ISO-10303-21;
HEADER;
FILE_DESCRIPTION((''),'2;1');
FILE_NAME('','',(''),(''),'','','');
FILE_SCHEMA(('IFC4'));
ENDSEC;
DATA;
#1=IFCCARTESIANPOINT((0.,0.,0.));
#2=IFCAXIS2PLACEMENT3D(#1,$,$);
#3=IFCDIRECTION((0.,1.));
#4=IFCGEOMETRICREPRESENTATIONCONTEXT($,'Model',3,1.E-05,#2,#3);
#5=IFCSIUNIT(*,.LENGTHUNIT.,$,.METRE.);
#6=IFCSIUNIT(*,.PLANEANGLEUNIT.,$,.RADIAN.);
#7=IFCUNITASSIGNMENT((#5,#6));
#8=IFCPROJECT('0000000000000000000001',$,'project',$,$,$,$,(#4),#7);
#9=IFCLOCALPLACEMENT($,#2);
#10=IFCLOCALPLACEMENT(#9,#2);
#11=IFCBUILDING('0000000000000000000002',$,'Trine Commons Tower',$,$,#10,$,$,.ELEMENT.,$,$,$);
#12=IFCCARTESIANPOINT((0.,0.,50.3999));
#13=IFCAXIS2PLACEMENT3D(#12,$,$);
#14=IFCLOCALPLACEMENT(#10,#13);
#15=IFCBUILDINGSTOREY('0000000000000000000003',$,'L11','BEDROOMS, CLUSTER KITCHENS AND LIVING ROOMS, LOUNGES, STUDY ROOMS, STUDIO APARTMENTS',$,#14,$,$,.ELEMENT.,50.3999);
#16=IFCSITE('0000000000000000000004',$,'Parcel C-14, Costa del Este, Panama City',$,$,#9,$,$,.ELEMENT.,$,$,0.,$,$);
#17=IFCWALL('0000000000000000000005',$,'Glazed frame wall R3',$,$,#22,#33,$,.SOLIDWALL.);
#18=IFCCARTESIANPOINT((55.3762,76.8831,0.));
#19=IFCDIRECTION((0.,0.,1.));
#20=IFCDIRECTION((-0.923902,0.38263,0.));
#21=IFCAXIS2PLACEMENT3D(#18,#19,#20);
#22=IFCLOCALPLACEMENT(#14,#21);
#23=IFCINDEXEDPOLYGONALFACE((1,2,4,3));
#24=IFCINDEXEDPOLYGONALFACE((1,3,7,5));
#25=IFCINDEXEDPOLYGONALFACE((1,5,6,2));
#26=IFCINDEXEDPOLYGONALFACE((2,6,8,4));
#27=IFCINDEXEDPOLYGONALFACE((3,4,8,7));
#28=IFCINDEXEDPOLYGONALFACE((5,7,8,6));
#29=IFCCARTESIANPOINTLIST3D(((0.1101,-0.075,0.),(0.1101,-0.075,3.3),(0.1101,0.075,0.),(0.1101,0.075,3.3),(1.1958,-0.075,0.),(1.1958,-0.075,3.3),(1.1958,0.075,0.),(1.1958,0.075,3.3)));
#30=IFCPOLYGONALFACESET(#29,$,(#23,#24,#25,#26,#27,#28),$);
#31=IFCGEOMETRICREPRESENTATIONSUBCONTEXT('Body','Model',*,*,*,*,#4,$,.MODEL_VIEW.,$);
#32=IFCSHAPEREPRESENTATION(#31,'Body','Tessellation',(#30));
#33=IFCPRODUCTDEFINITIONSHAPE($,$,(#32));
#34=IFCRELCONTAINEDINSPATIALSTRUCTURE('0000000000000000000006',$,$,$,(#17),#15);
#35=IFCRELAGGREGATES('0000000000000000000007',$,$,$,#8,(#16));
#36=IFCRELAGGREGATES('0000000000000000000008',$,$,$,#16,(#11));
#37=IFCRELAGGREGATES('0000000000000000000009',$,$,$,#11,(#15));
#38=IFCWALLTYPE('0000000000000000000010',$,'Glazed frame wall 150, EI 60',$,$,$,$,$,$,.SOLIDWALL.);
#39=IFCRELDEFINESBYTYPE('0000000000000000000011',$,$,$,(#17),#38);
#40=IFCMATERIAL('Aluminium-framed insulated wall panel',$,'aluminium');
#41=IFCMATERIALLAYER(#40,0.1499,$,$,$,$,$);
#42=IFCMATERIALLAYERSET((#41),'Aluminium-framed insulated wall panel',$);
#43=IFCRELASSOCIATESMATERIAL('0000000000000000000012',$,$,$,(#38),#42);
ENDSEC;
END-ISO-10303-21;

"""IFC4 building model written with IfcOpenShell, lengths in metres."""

from ifc_helpers import new_model, si_unit, direction, frame, origin, place, context, subcontext, project, spatial, polyline, outline, extrude, material, layer, layer_set, type_object, element, save


model = new_model("IFC4")

# Units and contexts
model_context = context("Model", 3, precision=1e-05, world=origin(), true_north=direction((0.0, 1.0)))
body_context = subcontext(model_context, "Body", "Model", "MODEL_VIEW")
ifc_project = project(units=[si_unit("LENGTHUNIT", "METRE"), si_unit("PLANEANGLEUNIT", "RADIAN")], contexts=[model_context])

# Site, building, storey
site_placement = place(None, origin())
site = spatial("IfcSite", under=ifc_project, at=site_placement, Name="Parcel C-14, Costa del Este, Panama City", CompositionType="ELEMENT", RefElevation=0.0)
building_placement = place(site_placement, origin())
building = spatial("IfcBuilding", under=site, at=building_placement, Name="Trine Commons Tower", CompositionType="ELEMENT")
storey_placement = place(building_placement, frame((0.0, 0.0, 50.3999)))
storey = spatial("IfcBuildingStorey", under=building, at=storey_placement, Name="L11", Description="BEDROOMS, CLUSTER KITCHENS AND LIVING ROOMS, LOUNGES, STUDY ROOMS, STUDIO APARTMENTS", CompositionType="ELEMENT", Elevation=50.3999)

# Shared definitions
ifc_material_1 = material(Name="Aluminium-framed insulated wall panel", Category="aluminium")
ifc_layer_1 = layer(ifc_material_1, 0.1499)
ifc_layer_set_1 = layer_set([ifc_layer_1], Name="Aluminium-framed insulated wall panel")
wall_type_1 = type_object("IfcWallType", Name="Glazed frame wall 150, EI 60", PredefinedType="SOLIDWALL", material=ifc_layer_set_1)

# Wall
wall_1_placement = place(storey_placement, frame((55.3762, 76.8831, 0.0), z_axis=(0.0, 0.0, 1.0), x_axis=(-0.923902, 0.38263, 0.0)))
element("IfcWall", 1, at=wall_1_placement, inside=storey, type_object=wall_type_1, Name="Glazed frame wall R3", PredefinedType="SOLIDWALL", context=body_context, shape_type="SweptSolid", body=[
    extrude(outline(polyline([(0.1101, 0.075), (0.1101, -0.075), (1.1958, -0.075), (1.1958, 0.075), (0.1101, 0.075)])), origin(), (0.0, 0.0, 1.0), 3.3),
])

save(model, "model.ifc")
